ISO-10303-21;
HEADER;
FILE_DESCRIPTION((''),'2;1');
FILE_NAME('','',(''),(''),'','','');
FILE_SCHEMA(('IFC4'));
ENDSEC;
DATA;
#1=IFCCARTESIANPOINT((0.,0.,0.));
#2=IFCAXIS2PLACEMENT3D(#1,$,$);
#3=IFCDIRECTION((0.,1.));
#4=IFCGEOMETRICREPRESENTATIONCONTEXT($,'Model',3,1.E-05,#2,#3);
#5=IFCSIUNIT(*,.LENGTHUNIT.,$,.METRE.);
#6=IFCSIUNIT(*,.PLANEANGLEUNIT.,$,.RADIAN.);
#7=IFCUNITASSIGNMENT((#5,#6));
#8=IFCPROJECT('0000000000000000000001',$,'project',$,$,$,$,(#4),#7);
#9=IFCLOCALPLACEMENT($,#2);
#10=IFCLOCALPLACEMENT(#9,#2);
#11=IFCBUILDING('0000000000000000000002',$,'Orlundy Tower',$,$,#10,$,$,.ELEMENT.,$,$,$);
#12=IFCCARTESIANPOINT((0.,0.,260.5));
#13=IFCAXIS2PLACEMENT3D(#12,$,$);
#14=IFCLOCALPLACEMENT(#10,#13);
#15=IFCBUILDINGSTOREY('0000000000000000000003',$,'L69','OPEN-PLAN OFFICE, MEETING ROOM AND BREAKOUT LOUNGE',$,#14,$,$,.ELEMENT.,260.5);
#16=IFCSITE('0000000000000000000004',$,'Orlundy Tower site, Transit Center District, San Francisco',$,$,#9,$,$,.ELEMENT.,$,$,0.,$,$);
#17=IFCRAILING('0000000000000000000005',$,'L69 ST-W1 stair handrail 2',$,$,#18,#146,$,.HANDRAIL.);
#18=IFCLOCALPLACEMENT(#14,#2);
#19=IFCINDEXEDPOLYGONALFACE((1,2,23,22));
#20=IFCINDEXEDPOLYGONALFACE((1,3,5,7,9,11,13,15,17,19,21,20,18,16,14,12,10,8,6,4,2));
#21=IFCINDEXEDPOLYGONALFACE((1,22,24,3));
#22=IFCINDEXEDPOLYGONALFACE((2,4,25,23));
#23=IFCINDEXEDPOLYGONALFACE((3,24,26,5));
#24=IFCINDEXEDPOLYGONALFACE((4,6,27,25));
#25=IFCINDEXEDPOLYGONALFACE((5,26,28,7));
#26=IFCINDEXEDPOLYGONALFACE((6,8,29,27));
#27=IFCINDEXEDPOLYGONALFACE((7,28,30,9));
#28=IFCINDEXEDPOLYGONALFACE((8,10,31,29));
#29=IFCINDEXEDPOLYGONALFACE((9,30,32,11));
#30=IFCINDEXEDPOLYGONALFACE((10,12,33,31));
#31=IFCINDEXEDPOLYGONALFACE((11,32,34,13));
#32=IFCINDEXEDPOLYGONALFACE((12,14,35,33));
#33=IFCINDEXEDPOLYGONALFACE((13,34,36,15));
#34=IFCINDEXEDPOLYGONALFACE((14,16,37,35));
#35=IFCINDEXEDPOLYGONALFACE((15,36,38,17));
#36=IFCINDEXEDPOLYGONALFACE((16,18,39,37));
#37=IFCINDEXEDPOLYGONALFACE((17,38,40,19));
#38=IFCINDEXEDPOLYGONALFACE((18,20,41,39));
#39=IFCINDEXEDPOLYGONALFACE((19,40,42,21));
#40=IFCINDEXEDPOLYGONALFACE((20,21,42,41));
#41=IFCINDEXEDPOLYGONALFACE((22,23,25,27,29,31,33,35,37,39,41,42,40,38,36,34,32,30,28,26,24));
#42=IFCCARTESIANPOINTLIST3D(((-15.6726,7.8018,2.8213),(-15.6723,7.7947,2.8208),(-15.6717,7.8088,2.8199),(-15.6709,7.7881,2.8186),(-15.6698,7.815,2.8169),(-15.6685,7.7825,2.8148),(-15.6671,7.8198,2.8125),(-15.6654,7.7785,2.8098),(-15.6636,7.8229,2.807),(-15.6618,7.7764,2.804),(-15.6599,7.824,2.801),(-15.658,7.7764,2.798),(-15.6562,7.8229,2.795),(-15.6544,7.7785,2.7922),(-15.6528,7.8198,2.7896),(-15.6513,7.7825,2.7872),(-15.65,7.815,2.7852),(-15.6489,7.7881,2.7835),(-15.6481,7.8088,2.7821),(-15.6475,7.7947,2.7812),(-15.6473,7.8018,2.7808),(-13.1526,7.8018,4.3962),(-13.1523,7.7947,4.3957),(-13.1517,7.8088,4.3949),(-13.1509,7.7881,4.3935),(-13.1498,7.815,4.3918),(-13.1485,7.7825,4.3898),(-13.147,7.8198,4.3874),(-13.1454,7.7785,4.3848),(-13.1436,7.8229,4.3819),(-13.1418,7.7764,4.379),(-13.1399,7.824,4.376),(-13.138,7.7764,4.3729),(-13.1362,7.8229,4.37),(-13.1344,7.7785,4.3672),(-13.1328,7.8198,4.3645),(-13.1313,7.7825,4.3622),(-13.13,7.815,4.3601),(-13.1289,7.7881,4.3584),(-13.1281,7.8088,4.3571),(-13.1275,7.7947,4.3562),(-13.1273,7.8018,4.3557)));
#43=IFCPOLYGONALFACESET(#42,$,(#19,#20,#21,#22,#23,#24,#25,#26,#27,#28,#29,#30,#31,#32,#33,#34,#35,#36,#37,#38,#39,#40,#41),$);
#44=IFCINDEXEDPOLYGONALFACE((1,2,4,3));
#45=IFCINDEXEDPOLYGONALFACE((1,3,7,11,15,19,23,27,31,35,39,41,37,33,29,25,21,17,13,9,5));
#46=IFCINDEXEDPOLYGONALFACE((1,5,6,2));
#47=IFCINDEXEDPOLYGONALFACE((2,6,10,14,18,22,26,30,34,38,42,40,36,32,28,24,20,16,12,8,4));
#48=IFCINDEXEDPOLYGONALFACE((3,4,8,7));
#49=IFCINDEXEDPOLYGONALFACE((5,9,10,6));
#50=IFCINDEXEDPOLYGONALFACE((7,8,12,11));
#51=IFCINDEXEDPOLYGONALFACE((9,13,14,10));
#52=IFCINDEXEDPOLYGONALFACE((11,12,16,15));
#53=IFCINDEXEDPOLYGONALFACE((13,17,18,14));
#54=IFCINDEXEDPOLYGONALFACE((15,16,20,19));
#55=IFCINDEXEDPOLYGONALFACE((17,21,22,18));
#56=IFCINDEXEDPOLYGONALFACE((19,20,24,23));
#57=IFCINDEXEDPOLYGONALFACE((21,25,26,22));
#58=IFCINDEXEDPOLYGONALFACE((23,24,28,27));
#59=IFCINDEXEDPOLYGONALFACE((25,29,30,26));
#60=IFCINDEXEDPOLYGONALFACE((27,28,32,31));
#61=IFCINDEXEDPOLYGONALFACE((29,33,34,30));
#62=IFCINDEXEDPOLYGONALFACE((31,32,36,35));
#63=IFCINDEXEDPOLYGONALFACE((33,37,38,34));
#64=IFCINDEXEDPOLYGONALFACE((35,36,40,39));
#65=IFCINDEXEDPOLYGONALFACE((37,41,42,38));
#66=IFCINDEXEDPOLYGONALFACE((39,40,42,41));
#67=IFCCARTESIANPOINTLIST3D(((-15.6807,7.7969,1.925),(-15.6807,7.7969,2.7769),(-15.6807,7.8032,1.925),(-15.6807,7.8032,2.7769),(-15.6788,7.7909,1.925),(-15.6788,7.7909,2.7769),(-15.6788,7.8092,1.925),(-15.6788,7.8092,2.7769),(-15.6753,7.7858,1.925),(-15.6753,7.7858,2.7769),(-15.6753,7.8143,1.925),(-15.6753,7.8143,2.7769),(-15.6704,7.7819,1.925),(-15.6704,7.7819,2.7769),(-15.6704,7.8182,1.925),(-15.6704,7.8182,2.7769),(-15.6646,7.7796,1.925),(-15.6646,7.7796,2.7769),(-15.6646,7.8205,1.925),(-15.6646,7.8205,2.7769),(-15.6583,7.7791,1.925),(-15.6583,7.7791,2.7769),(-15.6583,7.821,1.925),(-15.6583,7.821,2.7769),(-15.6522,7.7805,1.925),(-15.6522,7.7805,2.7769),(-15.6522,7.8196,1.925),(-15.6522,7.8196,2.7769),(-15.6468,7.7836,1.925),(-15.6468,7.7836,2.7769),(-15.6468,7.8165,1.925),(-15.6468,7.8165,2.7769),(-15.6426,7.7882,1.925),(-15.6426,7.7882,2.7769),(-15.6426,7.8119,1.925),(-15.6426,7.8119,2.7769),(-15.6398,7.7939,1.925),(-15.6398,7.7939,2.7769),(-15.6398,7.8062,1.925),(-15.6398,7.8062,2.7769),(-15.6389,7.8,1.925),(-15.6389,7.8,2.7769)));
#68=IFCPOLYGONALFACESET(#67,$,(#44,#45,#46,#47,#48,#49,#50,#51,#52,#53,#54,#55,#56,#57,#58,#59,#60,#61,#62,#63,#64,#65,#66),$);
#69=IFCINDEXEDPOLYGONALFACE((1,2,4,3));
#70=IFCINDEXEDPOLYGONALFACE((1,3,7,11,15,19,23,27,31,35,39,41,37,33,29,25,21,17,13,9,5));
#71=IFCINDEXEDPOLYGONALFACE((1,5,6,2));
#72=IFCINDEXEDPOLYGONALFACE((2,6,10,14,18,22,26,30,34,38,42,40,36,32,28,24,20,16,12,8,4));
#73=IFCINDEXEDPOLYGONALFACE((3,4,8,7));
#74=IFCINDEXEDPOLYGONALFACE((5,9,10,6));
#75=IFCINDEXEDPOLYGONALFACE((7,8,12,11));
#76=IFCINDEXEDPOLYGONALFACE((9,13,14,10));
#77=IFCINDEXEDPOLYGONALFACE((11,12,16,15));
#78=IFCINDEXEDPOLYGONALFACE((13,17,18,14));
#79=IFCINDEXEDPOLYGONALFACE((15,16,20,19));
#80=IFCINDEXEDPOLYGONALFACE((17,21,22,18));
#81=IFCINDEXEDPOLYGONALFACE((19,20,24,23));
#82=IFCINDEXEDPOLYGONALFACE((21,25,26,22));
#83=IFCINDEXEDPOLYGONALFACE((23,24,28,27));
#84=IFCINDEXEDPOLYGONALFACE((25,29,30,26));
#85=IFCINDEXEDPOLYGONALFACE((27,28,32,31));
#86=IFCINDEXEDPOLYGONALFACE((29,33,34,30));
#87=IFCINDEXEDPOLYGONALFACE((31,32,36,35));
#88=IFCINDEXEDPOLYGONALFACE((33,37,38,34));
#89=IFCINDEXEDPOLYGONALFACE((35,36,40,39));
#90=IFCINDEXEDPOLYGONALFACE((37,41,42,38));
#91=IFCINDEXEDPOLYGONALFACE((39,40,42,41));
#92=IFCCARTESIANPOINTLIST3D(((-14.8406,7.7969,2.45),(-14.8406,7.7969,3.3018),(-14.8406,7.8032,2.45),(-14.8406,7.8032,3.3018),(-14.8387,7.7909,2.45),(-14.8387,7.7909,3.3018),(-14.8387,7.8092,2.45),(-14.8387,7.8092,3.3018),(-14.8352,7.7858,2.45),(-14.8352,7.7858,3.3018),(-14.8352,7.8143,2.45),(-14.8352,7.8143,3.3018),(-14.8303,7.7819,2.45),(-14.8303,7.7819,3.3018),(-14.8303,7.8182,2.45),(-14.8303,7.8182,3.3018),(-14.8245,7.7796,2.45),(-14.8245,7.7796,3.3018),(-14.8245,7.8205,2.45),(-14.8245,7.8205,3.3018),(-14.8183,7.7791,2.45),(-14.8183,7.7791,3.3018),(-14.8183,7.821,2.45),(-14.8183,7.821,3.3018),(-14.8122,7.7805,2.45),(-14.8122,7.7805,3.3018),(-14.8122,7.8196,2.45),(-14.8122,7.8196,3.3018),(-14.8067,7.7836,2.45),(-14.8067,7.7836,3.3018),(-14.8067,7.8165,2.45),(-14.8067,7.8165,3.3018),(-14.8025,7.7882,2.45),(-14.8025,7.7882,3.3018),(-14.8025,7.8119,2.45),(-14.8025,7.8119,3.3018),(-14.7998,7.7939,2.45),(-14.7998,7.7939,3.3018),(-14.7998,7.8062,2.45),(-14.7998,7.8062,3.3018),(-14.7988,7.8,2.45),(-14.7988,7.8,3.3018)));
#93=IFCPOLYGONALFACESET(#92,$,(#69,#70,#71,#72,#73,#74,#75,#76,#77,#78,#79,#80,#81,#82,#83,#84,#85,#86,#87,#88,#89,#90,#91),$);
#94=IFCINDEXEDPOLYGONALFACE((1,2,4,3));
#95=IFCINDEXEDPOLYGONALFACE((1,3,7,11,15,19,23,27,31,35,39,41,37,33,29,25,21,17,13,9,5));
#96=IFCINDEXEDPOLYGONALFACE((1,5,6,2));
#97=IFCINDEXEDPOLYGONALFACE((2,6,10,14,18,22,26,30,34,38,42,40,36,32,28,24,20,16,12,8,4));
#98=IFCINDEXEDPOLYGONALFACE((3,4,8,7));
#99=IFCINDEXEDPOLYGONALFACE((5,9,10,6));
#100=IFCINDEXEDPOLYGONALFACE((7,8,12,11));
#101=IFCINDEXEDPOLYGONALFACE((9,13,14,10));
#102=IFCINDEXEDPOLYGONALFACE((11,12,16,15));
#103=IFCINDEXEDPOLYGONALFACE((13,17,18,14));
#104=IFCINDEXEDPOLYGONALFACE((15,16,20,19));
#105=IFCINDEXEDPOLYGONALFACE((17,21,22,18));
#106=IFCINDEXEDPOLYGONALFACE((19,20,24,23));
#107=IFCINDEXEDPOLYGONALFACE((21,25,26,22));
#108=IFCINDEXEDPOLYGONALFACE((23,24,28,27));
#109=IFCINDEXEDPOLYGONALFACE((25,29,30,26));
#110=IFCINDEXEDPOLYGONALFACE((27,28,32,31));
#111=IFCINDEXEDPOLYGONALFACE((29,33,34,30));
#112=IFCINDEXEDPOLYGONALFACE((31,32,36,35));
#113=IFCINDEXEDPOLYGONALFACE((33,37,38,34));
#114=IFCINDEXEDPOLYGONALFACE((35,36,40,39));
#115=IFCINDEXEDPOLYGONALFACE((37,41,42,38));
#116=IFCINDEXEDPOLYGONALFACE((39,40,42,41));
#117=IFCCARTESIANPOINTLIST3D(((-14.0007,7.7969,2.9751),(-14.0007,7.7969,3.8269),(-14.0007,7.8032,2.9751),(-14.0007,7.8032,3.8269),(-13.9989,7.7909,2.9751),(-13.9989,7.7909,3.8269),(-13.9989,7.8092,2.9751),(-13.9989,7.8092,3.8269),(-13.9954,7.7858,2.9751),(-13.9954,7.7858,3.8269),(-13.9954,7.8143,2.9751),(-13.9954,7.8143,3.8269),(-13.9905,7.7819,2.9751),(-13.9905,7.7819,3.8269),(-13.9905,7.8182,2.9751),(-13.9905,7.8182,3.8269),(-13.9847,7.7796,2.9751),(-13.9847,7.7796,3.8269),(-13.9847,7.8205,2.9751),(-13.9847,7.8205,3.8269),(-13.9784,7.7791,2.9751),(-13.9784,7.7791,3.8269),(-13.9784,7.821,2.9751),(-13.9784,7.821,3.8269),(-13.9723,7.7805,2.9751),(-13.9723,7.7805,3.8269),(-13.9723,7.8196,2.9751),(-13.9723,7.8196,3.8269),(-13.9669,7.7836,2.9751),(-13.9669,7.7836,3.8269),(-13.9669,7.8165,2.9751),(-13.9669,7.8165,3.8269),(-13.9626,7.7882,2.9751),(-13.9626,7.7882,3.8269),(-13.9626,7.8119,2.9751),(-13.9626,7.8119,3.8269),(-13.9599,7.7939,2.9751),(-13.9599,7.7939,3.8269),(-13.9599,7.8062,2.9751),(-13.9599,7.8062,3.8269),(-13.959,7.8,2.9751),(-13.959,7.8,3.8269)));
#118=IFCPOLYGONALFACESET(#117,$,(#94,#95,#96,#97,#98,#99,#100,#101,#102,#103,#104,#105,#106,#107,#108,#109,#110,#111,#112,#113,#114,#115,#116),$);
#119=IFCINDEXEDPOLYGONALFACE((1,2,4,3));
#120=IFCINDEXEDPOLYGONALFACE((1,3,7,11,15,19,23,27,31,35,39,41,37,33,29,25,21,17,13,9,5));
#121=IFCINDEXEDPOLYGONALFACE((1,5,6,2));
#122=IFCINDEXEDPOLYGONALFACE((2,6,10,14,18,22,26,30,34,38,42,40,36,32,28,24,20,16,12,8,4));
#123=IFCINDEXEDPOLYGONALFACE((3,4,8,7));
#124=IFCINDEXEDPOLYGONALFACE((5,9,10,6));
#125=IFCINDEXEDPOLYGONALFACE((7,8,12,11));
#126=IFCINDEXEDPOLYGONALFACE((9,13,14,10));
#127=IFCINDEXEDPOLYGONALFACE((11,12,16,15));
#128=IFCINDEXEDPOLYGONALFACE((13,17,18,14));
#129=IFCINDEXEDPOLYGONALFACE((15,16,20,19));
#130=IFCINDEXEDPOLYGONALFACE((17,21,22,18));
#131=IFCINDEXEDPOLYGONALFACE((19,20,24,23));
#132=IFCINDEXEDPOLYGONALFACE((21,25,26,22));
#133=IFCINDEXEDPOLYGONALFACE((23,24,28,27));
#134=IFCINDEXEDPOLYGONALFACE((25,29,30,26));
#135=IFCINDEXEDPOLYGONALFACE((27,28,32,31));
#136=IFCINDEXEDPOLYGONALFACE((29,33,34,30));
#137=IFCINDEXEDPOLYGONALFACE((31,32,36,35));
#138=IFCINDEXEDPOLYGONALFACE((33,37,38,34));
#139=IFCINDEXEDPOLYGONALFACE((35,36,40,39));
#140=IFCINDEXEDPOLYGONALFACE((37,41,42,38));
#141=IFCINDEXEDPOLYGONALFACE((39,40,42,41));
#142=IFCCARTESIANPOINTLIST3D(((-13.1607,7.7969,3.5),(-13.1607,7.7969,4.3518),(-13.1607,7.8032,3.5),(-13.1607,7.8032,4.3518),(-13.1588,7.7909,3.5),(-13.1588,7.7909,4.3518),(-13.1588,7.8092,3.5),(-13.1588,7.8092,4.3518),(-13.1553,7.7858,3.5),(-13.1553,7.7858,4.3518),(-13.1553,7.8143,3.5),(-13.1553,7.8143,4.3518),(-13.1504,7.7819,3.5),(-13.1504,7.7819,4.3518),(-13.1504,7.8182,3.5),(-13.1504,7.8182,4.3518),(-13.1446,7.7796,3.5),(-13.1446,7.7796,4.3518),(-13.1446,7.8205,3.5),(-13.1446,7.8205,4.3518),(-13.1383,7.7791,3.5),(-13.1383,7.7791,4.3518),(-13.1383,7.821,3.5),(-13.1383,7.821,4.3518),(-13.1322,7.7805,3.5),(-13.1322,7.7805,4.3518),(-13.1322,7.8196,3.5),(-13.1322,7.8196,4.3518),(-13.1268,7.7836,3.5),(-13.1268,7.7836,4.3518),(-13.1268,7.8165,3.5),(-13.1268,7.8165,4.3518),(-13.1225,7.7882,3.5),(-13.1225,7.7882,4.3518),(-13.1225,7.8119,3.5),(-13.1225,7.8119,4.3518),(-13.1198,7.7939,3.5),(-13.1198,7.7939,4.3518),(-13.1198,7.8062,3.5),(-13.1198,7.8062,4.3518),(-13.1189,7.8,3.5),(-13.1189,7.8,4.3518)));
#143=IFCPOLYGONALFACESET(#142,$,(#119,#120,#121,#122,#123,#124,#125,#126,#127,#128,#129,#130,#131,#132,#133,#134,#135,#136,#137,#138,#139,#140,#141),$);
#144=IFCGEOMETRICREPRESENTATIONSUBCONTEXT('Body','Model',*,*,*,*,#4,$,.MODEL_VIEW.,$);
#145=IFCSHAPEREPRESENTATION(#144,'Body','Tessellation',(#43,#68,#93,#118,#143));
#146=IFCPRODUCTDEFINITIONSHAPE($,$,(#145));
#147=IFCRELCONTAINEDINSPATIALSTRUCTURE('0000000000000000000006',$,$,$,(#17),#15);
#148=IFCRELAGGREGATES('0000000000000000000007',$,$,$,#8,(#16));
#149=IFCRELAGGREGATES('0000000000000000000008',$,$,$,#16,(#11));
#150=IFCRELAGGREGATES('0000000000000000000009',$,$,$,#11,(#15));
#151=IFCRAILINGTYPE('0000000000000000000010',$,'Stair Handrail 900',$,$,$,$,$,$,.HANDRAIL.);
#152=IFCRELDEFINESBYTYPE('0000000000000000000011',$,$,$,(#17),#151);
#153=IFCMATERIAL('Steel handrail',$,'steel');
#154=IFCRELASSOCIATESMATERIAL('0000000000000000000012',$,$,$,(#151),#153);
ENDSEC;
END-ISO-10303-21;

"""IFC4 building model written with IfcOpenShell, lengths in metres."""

from ifc_helpers import new_model, si_unit, direction, frame, origin, origin_2d, place, context, subcontext, project, spatial, circle, extrude, material, type_object, element, save


model = new_model("IFC4")

# Units and contexts
model_context = context("Model", 3, precision=1e-05, world=origin(), true_north=direction((0.0, 1.0)))
body_context = subcontext(model_context, "Body", "Model", "MODEL_VIEW")
ifc_project = project(units=[si_unit("LENGTHUNIT", "METRE"), si_unit("PLANEANGLEUNIT", "RADIAN")], contexts=[model_context])

# Site, building, storey
site_placement = place(None, origin())
site = spatial("IfcSite", under=ifc_project, at=site_placement, Name="Orlundy Tower site, Transit Center District, San Francisco", CompositionType="ELEMENT", RefElevation=0.0)
building_placement = place(site_placement, origin())
building = spatial("IfcBuilding", under=site, at=building_placement, Name="Orlundy Tower", CompositionType="ELEMENT")
storey_placement = place(building_placement, frame((0.0, 0.0, 260.5)))
storey = spatial("IfcBuildingStorey", under=building, at=storey_placement, Name="L69", Description="OPEN-PLAN OFFICE, MEETING ROOM AND BREAKOUT LOUNGE", CompositionType="ELEMENT", Elevation=260.5)

# Railing
ifc_material_1 = material(Name="Steel handrail", Category="steel")
railing_type_1 = type_object("IfcRailingType", Name="Stair Handrail 900", PredefinedType="HANDRAIL", material=ifc_material_1)
railing_1_placement = place(storey_placement, frame((-15.6599, 7.8, 1.925)))
element("IfcRailing", 1, at=railing_1_placement, inside=storey, type_object=railing_type_1, Name="L69 ST-W1 stair handrail 2", PredefinedType="HANDRAIL", context=body_context, shape_type="SweptSolid", body=[
    extrude(circle(Radius=0.0239, at=origin_2d()), frame((0.0, 0.0, 0.876), z_axis=(0.848008, 0.0, 0.529984), x_axis=(0.0, 1.0, 0.0)), (0.0, 0.0, 1.0), 2.9717),
    extrude(circle(Radius=0.021, at=origin_2d()), origin(), (0.0, 0.0, 1.0), 0.8518),
    extrude(circle(Radius=0.021, at=origin_2d()), frame((0.8401, 0.0, 0.5249)), (0.0, 0.0, 1.0), 0.8518),
    extrude(circle(Radius=0.021, at=origin_2d()), frame((1.6799, 0.0, 1.05)), (0.0, 0.0, 1.0), 0.8518),
    extrude(circle(Radius=0.021, at=origin_2d()), frame((2.52, 0.0, 1.575)), (0.0, 0.0, 1.0), 0.8518),
])

save(model, "model.ifc")
